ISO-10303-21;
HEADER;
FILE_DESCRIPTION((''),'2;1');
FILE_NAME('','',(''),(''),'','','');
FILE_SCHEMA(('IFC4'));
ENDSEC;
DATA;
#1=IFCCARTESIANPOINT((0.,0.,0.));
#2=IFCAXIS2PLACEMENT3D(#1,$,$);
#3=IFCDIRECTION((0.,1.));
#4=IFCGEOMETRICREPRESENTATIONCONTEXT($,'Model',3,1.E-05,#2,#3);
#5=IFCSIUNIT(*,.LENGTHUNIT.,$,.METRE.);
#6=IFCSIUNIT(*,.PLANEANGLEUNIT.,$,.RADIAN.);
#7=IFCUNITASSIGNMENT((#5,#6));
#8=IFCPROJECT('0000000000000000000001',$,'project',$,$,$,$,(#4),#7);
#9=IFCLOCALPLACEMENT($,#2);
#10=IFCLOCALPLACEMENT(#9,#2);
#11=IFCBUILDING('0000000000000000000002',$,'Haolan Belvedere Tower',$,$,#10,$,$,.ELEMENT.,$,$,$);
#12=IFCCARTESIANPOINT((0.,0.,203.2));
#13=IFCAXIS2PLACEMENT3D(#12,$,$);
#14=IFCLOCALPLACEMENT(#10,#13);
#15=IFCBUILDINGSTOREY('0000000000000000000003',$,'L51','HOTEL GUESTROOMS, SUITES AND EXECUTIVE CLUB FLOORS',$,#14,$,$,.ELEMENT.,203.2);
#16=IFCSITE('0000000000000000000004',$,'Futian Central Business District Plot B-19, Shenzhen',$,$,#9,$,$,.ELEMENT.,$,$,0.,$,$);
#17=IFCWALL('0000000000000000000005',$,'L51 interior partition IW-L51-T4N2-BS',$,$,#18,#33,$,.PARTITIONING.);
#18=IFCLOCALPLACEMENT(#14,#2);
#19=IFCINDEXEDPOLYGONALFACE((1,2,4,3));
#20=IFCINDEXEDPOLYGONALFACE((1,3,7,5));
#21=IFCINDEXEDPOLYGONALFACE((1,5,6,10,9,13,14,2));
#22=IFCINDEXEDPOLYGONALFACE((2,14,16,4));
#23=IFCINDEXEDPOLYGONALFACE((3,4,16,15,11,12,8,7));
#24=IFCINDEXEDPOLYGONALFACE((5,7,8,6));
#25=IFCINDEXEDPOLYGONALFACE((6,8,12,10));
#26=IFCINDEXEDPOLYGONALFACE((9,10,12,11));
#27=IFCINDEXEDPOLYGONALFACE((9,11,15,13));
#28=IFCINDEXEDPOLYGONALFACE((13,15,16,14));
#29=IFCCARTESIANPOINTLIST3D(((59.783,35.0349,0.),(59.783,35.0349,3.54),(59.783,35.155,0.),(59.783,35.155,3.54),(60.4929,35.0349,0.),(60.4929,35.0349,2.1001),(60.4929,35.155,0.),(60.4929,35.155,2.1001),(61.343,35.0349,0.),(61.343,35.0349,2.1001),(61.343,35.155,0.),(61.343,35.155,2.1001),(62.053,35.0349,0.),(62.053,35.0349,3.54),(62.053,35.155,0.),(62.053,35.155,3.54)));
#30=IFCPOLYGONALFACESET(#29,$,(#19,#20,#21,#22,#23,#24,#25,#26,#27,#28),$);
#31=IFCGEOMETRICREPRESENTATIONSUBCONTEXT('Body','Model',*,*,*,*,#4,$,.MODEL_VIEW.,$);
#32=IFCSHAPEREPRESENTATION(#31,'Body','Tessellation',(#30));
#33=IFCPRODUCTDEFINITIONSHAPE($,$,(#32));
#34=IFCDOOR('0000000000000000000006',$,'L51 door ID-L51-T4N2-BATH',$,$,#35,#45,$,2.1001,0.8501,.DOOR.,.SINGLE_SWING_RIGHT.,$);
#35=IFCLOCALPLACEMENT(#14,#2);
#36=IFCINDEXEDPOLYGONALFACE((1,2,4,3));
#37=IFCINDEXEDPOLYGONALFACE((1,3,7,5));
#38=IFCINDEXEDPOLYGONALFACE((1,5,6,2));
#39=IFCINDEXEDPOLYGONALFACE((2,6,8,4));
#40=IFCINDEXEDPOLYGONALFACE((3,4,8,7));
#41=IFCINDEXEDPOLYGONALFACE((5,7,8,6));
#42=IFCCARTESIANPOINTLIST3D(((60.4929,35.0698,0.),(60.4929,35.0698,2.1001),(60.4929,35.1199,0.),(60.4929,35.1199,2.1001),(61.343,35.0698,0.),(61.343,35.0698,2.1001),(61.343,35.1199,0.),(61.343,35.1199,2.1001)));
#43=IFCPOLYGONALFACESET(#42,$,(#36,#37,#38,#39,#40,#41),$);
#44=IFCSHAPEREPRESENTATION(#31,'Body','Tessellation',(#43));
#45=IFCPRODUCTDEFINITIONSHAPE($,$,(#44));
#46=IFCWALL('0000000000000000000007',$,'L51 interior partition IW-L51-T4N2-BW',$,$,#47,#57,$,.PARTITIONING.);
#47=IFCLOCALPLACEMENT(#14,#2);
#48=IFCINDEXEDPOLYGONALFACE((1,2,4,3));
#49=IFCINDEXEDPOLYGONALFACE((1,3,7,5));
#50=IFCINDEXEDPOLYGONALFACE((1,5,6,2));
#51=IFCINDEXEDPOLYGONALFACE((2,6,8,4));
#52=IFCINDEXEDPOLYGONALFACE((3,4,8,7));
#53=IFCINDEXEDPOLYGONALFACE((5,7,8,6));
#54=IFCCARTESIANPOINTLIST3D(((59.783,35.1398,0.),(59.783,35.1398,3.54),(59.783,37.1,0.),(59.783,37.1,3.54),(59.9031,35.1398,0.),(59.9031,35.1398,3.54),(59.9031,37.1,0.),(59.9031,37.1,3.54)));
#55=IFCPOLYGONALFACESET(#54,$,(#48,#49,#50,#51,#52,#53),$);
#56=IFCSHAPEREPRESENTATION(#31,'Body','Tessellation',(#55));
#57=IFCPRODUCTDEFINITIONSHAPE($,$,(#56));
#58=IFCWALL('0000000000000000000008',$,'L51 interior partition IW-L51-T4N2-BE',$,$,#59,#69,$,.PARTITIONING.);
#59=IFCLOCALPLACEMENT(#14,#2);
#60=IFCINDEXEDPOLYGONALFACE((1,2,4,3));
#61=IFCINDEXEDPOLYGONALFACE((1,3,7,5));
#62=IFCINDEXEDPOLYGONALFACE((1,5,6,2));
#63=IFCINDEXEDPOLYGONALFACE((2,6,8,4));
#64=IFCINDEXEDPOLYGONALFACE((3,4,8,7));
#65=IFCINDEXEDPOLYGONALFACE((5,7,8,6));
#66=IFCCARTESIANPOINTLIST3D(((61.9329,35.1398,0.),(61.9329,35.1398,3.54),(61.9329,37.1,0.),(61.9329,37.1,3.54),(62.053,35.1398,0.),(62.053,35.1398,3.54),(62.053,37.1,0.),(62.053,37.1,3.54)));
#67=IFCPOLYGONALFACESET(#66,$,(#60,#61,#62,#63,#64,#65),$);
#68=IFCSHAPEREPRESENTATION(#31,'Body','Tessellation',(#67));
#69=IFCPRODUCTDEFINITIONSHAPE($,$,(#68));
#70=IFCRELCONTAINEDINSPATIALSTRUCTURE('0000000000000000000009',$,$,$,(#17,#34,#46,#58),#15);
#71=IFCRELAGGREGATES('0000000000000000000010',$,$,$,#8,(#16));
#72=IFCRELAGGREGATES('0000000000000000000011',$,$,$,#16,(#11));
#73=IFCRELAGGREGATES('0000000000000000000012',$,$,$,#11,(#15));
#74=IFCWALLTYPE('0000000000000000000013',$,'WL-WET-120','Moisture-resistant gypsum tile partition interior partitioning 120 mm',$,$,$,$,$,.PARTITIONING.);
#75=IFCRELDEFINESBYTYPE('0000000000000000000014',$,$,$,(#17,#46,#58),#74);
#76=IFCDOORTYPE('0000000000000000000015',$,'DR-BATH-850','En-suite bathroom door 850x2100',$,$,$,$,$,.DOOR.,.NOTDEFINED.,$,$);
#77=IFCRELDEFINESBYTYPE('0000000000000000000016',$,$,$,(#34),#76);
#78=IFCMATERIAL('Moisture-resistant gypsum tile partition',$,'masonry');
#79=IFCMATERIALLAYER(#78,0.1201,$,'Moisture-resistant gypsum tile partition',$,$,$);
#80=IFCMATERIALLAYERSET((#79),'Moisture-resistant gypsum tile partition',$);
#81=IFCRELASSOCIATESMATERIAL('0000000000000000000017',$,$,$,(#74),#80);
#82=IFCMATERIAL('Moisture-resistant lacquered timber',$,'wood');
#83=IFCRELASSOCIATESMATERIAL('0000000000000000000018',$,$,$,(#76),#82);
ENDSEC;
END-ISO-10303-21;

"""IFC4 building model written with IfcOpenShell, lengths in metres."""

from ifc_helpers import new_model, si_unit, direction, frame, frame_2d, origin, place, context, subcontext, project, spatial, rectangle, extrude, material, layer, layer_set, type_object, element, fill, save


model = new_model("IFC4")

# Units and contexts
model_context = context("Model", 3, precision=1e-05, world=origin(), true_north=direction((0.0, 1.0)))
body_context = subcontext(model_context, "Body", "Model", "MODEL_VIEW")
ifc_project = project(units=[si_unit("LENGTHUNIT", "METRE"), si_unit("PLANEANGLEUNIT", "RADIAN")], contexts=[model_context])

# Site, building, storey
site_placement = place(None, origin())
site = spatial("IfcSite", under=ifc_project, at=site_placement, Name="Futian Central Business District Plot B-19, Shenzhen", CompositionType="ELEMENT", RefElevation=0.0)
building_placement = place(site_placement, origin())
building = spatial("IfcBuilding", under=site, at=building_placement, Name="Haolan Belvedere Tower", CompositionType="ELEMENT")
storey_placement = place(building_placement, frame((0.0, 0.0, 203.2)))
storey = spatial("IfcBuildingStorey", under=building, at=storey_placement, Name="L51", Description="HOTEL GUESTROOMS, SUITES AND EXECUTIVE CLUB FLOORS", CompositionType="ELEMENT", Elevation=203.2)

# Shared definitions
ifc_material_1 = material(Name="Moisture-resistant gypsum tile partition", Category="masonry")
ifc_layer_1 = layer(ifc_material_1, 0.1201, Name="Moisture-resistant gypsum tile partition")
ifc_layer_set_1 = layer_set([ifc_layer_1], Name="Moisture-resistant gypsum tile partition")
wall_type_1 = type_object("IfcWallType", Name="WL-WET-120", Description="Moisture-resistant gypsum tile partition interior partitioning 120 mm", PredefinedType="PARTITIONING", material=ifc_layer_set_1)

# Wall, opening, door
wall_1_placement = place(storey_placement, frame((59.783, 35.095, 0.0), z_axis=(0.0, 0.0, 1.0), x_axis=(1.0, 0.0, 0.0)))
wall_1 = element("IfcWall", 1, at=wall_1_placement, inside=storey, type_object=wall_type_1, Name="L51 interior partition IW-L51-T4N2-BS", PredefinedType="PARTITIONING", context=body_context, shape_type="SweptSolid", body=[
    extrude(rectangle(XDim=2.27, YDim=0.1201, at=frame_2d((1.135, 0.0))), origin(), (0.0, 0.0, 1.0), 3.54),
])
opening_1_placement = place(wall_1_placement, frame((0.71, 0.0, 0.0)))
opening_1 = element("IfcOpeningElement", 2, at=opening_1_placement, cuts=wall_1, PredefinedType="OPENING", context=body_context, shape_type="SweptSolid", body=[
    extrude(rectangle(XDim=0.8501, YDim=2.1001, at=frame_2d((0.425, 1.05))), frame((0.0, 0.0701, 0.0), z_axis=(0.0, -1.0, 0.0), x_axis=(1.0, 0.0, 0.0)), (0.0, 0.0, 1.0), 0.1401),
])
ifc_material_2 = material(Name="Moisture-resistant lacquered timber", Category="wood")
door_type = type_object("IfcDoorType", Name="DR-BATH-850", Description="En-suite bathroom door 850x2100", OperationType="NOTDEFINED", PredefinedType="DOOR", material=ifc_material_2)
door_placement = place(opening_1_placement, origin())
door = element("IfcDoor", 3, at=door_placement, inside=storey, type_object=door_type, Name="L51 door ID-L51-T4N2-BATH", OperationType="SINGLE_SWING_RIGHT", OverallHeight=2.1001, OverallWidth=0.8501, PredefinedType="DOOR", context=body_context, shape_type="SweptSolid", body=[
    extrude(rectangle(XDim=0.8501, YDim=2.1001, at=frame_2d((0.425, 1.05))), frame((0.0, 0.0249, 0.0), z_axis=(0.0, -1.0, 0.0), x_axis=(1.0, 0.0, 0.0)), (0.0, 0.0, 1.0), 0.05),
])
fill(opening_1, door)

# Walls
for number, where, z_axis, x_axis, name in (
    (4, (59.843, 35.1399, 0.0), (0.0, 0.0, 1.0), (0.0, 1.0, 0.0), "L51 interior partition IW-L51-T4N2-BW"),
    (5, (61.9929, 35.1399, 0.0), (0.0, 0.0, 1.0), (0.0, 1.0, 0.0), "L51 interior partition IW-L51-T4N2-BE"),
):
    element("IfcWall", number, at=place(storey_placement, frame(where, z_axis=z_axis, x_axis=x_axis)), inside=storey, type_object=wall_type_1, Name=name, PredefinedType="PARTITIONING", context=body_context, shape_type="SweptSolid", body=[
        extrude(rectangle(XDim=1.9602, YDim=0.1201, at=frame_2d((0.98, 0.0))), origin(), (0.0, 0.0, 1.0), 3.54),
    ])

save(model, "model.ifc")
